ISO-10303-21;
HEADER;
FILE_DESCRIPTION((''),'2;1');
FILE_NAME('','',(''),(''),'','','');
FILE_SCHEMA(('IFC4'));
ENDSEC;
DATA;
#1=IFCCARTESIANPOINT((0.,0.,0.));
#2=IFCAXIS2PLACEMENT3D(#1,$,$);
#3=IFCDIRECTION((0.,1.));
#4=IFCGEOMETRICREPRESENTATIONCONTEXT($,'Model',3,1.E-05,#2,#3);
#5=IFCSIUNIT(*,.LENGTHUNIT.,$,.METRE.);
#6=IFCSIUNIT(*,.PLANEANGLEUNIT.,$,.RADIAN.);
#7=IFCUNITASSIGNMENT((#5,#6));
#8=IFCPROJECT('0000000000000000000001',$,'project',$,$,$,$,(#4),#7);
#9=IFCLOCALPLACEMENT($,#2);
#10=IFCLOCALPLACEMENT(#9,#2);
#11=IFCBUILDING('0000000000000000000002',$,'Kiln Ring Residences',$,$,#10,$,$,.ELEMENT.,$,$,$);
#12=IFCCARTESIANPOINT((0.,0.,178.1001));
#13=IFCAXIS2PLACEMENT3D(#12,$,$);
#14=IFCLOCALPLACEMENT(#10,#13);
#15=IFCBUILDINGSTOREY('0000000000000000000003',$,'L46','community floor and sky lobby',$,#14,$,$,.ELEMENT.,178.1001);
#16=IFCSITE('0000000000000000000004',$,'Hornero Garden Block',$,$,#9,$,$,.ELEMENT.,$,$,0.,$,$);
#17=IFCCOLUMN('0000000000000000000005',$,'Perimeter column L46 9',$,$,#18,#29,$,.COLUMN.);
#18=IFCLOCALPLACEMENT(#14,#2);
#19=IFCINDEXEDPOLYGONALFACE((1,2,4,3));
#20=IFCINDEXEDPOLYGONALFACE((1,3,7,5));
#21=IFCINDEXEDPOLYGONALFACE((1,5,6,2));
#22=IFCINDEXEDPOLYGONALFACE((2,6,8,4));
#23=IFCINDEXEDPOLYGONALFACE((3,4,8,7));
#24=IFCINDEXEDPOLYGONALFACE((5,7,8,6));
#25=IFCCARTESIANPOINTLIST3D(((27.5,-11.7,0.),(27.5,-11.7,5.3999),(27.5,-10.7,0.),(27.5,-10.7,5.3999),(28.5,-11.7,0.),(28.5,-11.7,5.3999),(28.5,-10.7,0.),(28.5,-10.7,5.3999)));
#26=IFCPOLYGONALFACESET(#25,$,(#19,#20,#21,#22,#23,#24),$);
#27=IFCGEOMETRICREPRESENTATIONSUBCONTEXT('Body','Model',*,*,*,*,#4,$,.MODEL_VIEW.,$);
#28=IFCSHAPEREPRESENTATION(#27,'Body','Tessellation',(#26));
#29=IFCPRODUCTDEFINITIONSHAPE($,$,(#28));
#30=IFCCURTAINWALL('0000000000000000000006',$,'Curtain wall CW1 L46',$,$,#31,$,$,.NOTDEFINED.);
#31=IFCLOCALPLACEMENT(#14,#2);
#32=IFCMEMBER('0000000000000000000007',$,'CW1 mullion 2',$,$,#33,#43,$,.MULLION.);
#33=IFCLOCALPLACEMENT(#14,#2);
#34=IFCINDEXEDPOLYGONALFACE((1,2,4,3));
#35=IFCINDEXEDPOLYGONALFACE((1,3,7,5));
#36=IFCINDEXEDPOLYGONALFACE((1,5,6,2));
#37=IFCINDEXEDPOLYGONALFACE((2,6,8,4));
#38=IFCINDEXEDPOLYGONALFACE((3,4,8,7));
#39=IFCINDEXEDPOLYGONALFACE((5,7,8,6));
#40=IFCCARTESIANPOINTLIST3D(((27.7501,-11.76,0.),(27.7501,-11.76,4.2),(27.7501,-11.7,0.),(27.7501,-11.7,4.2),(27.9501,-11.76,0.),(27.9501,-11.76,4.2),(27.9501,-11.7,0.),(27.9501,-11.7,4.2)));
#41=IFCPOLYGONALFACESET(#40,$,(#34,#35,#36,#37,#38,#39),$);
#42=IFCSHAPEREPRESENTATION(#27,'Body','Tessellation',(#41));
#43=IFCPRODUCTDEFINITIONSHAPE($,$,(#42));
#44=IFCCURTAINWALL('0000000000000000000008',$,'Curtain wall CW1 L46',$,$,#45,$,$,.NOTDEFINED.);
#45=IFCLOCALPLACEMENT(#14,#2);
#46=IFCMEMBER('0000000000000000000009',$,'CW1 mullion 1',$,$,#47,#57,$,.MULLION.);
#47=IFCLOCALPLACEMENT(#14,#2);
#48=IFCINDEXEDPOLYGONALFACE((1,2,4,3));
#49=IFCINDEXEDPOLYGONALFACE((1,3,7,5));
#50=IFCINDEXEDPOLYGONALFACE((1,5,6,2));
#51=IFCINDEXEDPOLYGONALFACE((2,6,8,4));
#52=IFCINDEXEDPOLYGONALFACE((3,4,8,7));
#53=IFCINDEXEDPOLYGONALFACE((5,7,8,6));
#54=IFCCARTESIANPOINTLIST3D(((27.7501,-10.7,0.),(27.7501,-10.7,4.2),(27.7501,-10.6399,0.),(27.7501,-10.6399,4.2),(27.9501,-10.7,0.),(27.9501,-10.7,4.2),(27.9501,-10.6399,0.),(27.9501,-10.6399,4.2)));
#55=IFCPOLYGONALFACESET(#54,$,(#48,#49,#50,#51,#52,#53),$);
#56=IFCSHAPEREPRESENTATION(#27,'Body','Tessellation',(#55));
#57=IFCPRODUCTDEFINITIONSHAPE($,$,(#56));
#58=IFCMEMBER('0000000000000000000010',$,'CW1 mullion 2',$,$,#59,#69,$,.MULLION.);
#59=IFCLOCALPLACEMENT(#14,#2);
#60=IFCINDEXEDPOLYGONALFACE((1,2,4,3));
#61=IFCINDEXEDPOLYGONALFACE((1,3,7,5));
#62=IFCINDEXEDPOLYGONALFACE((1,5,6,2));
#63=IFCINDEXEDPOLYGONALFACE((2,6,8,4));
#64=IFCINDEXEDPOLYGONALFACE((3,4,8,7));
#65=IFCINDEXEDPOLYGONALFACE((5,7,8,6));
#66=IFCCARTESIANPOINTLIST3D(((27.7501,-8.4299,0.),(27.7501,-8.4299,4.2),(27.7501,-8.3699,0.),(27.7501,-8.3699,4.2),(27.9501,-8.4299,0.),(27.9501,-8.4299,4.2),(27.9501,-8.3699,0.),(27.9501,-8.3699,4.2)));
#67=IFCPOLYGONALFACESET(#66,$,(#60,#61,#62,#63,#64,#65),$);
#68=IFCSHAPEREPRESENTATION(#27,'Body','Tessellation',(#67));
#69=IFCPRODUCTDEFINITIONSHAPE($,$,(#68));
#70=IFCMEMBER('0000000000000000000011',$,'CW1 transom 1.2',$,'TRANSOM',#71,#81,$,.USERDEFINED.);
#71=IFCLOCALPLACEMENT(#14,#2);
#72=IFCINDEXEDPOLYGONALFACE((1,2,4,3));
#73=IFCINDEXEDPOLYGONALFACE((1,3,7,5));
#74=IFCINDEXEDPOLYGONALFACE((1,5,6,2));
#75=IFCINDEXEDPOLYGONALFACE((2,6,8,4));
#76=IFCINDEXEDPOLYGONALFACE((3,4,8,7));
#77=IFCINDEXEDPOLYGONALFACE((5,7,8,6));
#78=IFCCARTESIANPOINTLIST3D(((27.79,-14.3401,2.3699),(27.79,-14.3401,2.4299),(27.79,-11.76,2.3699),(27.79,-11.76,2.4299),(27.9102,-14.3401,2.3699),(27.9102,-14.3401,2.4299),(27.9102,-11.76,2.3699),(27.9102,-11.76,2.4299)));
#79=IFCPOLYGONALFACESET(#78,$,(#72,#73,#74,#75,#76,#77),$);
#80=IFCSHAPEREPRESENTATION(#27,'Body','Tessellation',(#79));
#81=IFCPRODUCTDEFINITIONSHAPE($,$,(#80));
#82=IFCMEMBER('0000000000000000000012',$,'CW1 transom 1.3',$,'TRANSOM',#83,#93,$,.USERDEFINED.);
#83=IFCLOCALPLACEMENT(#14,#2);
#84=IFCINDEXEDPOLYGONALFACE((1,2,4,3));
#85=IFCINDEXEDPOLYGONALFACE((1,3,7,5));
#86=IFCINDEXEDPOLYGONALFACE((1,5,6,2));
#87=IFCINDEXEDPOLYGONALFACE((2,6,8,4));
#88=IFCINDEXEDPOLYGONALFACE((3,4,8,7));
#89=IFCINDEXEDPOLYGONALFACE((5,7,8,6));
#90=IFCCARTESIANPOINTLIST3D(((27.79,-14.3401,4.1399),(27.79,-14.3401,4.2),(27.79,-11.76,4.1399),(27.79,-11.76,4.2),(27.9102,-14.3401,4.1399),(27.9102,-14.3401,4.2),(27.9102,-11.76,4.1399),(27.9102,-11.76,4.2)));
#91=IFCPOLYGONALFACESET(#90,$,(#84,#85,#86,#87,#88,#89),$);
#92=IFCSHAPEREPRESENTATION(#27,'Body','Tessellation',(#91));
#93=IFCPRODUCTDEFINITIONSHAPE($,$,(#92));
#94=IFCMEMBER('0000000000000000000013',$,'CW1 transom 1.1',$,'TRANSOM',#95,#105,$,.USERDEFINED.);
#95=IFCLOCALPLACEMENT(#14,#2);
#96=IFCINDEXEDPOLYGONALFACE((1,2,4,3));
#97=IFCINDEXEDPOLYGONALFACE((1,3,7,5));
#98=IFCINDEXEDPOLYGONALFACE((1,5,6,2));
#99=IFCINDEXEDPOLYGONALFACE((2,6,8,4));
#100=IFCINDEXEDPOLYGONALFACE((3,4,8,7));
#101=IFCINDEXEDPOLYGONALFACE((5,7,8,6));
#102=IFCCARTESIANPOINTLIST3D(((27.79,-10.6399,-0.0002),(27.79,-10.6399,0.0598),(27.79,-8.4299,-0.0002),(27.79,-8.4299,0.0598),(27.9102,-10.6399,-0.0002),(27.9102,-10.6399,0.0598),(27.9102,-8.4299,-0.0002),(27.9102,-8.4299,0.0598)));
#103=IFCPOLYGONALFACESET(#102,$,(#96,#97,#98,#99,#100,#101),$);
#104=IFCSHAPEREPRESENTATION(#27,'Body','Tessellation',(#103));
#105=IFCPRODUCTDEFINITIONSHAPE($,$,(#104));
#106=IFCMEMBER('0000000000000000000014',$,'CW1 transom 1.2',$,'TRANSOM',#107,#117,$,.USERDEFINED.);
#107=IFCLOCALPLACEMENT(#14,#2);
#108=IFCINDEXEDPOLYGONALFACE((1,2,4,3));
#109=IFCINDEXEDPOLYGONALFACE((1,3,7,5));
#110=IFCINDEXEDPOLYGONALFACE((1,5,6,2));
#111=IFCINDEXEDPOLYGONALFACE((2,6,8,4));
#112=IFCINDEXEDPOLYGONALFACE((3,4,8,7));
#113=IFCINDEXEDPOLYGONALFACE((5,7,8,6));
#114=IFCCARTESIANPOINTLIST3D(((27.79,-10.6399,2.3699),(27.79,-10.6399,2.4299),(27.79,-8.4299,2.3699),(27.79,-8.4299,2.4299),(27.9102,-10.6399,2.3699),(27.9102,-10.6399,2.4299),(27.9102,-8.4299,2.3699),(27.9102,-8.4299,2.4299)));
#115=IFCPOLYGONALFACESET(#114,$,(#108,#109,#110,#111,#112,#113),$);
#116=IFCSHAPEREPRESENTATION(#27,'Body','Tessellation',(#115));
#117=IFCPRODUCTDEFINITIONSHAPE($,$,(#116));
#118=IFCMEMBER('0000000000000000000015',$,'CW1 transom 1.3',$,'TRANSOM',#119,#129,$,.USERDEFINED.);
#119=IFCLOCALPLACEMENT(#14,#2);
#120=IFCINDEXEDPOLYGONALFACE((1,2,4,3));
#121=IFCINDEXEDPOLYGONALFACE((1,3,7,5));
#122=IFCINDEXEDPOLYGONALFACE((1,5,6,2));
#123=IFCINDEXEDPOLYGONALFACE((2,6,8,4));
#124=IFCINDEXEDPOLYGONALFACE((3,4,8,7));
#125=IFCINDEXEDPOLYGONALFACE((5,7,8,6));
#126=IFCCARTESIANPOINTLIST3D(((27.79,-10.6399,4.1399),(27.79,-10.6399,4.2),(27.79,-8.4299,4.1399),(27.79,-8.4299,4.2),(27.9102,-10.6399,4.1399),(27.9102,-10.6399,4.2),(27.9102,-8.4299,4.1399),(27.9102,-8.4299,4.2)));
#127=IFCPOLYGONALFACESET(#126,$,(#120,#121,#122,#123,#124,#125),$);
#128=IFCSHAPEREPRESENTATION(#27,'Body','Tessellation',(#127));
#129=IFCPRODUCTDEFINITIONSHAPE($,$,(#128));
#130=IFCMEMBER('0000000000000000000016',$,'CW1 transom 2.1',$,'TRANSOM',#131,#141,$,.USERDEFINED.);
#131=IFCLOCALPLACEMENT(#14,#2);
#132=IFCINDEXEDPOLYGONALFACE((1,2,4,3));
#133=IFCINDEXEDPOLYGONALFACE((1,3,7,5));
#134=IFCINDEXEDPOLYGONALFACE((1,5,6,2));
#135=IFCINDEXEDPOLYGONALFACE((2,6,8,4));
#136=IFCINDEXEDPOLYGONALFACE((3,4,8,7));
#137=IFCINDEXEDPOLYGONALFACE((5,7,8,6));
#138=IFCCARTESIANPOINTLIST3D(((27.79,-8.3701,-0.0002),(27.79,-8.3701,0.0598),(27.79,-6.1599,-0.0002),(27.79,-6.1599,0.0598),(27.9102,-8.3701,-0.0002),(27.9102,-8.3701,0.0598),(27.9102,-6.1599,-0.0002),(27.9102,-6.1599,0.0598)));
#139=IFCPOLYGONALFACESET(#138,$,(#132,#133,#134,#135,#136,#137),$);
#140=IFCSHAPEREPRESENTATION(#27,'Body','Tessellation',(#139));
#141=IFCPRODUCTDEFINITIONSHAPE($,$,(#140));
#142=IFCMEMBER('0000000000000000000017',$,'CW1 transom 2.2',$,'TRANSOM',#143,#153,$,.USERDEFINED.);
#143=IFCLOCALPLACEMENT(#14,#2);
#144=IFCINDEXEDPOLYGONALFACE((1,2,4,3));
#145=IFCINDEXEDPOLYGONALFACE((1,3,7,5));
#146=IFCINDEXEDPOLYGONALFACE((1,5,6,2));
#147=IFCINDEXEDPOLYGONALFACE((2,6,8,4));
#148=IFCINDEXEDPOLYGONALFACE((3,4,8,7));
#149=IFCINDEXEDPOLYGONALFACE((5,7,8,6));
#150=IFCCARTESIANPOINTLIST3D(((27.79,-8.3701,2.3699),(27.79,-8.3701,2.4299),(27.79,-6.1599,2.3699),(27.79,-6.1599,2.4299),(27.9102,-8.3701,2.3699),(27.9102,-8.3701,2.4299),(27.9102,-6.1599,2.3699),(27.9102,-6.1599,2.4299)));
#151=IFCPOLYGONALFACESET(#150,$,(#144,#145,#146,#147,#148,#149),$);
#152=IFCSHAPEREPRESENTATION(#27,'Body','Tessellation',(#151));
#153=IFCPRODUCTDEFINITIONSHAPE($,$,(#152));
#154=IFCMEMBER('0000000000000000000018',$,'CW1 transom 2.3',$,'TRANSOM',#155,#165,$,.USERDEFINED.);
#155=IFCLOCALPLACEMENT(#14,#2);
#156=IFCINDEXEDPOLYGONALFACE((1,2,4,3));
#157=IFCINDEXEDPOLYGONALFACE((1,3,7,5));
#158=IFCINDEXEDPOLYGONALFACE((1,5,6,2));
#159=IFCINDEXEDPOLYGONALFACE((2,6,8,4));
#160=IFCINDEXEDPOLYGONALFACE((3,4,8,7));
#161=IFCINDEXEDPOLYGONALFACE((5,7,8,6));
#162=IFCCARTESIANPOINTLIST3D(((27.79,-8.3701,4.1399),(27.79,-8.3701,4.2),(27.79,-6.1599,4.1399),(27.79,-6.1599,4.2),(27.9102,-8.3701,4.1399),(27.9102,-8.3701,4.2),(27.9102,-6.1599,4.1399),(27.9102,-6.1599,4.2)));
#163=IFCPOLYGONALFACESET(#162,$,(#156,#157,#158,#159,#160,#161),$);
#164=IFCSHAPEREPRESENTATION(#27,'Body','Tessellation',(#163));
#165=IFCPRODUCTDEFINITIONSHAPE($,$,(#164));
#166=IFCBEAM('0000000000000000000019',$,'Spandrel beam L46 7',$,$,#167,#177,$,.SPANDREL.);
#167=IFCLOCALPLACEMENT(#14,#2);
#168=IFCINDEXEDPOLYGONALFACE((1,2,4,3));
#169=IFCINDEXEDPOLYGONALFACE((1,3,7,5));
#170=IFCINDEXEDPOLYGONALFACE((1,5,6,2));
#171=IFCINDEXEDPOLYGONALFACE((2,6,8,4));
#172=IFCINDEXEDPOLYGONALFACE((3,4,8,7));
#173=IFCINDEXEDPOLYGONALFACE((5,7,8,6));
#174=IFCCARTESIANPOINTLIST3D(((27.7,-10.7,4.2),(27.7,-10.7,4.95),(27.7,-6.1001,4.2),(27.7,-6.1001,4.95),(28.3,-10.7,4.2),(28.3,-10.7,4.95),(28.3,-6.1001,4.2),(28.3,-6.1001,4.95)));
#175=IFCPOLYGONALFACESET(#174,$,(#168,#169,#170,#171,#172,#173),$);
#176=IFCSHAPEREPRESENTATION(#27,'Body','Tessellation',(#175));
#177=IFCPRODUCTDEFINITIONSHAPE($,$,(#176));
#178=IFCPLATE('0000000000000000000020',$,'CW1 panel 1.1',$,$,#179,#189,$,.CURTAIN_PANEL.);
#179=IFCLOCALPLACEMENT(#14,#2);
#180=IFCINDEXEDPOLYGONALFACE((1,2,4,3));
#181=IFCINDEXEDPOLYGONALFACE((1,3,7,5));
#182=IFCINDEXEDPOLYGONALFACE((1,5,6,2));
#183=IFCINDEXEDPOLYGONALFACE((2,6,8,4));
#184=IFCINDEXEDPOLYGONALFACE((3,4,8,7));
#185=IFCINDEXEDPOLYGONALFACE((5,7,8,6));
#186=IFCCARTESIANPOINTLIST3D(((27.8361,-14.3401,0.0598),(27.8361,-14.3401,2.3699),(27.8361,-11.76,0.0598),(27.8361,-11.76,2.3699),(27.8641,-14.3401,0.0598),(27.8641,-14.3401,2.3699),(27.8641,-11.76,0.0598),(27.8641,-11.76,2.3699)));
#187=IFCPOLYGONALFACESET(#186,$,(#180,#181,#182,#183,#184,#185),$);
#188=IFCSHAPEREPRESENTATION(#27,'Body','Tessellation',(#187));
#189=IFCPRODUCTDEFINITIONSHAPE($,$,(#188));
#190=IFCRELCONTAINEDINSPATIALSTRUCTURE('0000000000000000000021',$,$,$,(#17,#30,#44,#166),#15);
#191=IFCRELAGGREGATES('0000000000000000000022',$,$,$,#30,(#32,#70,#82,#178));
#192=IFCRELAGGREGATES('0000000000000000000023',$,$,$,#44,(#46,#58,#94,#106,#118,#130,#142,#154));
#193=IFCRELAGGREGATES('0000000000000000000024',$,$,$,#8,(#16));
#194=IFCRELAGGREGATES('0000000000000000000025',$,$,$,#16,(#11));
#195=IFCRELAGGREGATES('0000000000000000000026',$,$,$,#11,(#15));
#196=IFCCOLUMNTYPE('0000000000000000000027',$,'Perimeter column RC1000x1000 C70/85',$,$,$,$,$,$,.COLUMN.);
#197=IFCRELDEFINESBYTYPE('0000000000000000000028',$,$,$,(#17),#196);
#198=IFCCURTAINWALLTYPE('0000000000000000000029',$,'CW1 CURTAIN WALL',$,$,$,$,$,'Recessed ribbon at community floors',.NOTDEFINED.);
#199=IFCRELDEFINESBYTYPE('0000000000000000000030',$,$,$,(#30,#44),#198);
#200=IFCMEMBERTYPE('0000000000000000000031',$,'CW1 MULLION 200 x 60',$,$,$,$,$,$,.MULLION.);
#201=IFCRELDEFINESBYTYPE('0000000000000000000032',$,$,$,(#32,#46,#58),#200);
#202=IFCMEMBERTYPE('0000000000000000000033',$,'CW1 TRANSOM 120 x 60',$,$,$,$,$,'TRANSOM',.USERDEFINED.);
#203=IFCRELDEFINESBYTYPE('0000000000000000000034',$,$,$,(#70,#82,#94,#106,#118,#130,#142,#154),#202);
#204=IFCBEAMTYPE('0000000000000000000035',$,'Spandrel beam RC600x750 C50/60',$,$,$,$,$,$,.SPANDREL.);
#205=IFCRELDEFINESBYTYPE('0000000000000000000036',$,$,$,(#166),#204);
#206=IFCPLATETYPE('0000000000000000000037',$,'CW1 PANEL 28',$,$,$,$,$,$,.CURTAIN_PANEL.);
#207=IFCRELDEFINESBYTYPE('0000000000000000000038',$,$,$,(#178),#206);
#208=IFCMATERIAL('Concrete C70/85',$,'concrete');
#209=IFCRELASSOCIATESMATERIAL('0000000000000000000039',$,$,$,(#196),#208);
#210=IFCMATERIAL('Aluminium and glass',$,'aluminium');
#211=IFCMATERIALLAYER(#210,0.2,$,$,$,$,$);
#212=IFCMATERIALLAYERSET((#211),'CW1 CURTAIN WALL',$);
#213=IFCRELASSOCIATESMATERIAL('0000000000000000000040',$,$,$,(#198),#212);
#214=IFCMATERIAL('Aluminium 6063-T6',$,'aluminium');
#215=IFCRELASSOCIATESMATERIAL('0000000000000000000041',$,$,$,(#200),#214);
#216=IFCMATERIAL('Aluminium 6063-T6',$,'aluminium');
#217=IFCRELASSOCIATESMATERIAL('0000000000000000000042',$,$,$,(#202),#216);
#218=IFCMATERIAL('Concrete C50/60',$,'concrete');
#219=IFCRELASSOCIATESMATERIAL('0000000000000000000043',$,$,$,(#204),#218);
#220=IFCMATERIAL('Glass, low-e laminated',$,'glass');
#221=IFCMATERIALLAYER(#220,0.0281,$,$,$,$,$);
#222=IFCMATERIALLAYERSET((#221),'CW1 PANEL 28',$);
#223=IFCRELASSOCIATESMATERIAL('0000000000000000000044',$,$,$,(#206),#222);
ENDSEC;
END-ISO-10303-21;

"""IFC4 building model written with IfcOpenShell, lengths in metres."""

from ifc_helpers import new_model, si_unit, direction, frame, origin, origin_2d, place, context, subcontext, project, spatial, rectangle, extrude, material, layer, layer_set, material_profile, profile_set, type_object, element, aggregate, save


model = new_model("IFC4")

# Units and contexts
model_context = context("Model", 3, precision=1e-05, world=origin(), true_north=direction((0.0, 1.0)))
body_context = subcontext(model_context, "Body", "Model", "MODEL_VIEW")
ifc_project = project(units=[si_unit("LENGTHUNIT", "METRE"), si_unit("PLANEANGLEUNIT", "RADIAN")], contexts=[model_context])

# Site, building, storey
site_placement = place(None, origin())
site = spatial("IfcSite", under=ifc_project, at=site_placement, Name="Hornero Garden Block", CompositionType="ELEMENT", RefElevation=0.0)
building_placement = place(site_placement, origin())
building = spatial("IfcBuilding", under=site, at=building_placement, Name="Kiln Ring Residences", CompositionType="ELEMENT")
storey_placement = place(building_placement, frame((0.0, 0.0, 178.1001)))
storey = spatial("IfcBuildingStorey", under=building, at=storey_placement, Name="L46", Description="community floor and sky lobby", CompositionType="ELEMENT", Elevation=178.1001)

# Column
ifc_material_1 = material(Name="Concrete C70/85", Category="concrete")
ifc_material_profile_1 = material_profile(ifc_material_1, rectangle(XDim=1.0, YDim=1.0, at=origin_2d()), Name="RC1000x1000")
ifc_profile_set_1 = profile_set([ifc_material_profile_1], Name="Concrete C70/85")
column_type = type_object("IfcColumnType", Name="Perimeter column RC1000x1000 C70/85", PredefinedType="COLUMN", material=ifc_profile_set_1)
column_placement = place(storey_placement, frame((28.0, -11.2, 0.0), z_axis=(0.0, 0.0, 1.0), x_axis=(1.0, 0.0, 0.0)))
element("IfcColumn", 1, at=column_placement, inside=storey, type_object=column_type, Name="Perimeter column L46 9", PredefinedType="COLUMN", context=body_context, shape_type="SweptSolid", body=[
    extrude(rectangle(XDim=1.0, YDim=1.0, at=origin_2d()), origin(), (0.0, 0.0, 1.0), 5.3999),
])

# Curtain wall, member
ifc_material_2 = material(Name="Aluminium and glass", Category="aluminium")
ifc_layer_1 = layer(ifc_material_2, 0.2)
ifc_layer_set_1 = layer_set([ifc_layer_1], Name="CW1 CURTAIN WALL")
curtain_wall_type = type_object("IfcCurtainWallType", Name="CW1 CURTAIN WALL", ElementType="Recessed ribbon at community floors", PredefinedType="NOTDEFINED", material=ifc_layer_set_1)
placement = place(storey_placement, origin())
curtain_wall_1 = element("IfcCurtainWall", 2, at=placement, inside=storey, type_object=curtain_wall_type, Name="Curtain wall CW1 L46", PredefinedType="NOTDEFINED")
ifc_material_3 = material(Name="Aluminium 6063-T6", Category="aluminium")
ifc_material_profile_2 = material_profile(ifc_material_3, rectangle(XDim=0.2, YDim=0.0601, at=origin_2d()), Name="AL 200x60")
ifc_profile_set_2 = profile_set([ifc_material_profile_2], Name="Aluminium 6063-T6")
member_type_1 = type_object("IfcMemberType", Name="CW1 MULLION 200 x 60", PredefinedType="MULLION", material=ifc_profile_set_2)
member_1_placement = place(storey_placement, frame((27.8501, -11.73, 0.0), z_axis=(0.0, 0.0, 1.0), x_axis=(-1.0, 0.0, 0.0)))
member_1 = element("IfcMember", 3, at=member_1_placement, type_object=member_type_1, Name="CW1 mullion 2", PredefinedType="MULLION", context=body_context, shape_type="SweptSolid", body=[
    extrude(rectangle(XDim=0.2, YDim=0.0601, at=origin_2d()), origin(), (0.0, 0.0, 1.0), 4.2),
])

# Curtain wall, members
curtain_wall_2 = element("IfcCurtainWall", 4, at=placement, inside=storey, type_object=curtain_wall_type, Name="Curtain wall CW1 L46", PredefinedType="NOTDEFINED")
member_2_placement = place(storey_placement, frame((27.8501, -10.6699, 0.0), z_axis=(0.0, 0.0, 1.0), x_axis=(-1.0, 0.0, 0.0)))
member_2 = element("IfcMember", 5, at=member_2_placement, type_object=member_type_1, Name="CW1 mullion 1", PredefinedType="MULLION", context=body_context, shape_type="SweptSolid", body=[
    extrude(rectangle(XDim=0.2, YDim=0.0601, at=origin_2d()), origin(), (0.0, 0.0, 1.0), 4.2),
])
member_3_placement = place(storey_placement, frame((27.8501, -8.3999, 0.0), z_axis=(0.0, 0.0, 1.0), x_axis=(-1.0, 0.0, 0.0)))
member_3 = element("IfcMember", 6, at=member_3_placement, type_object=member_type_1, Name="CW1 mullion 2", PredefinedType="MULLION", context=body_context, shape_type="SweptSolid", body=[
    extrude(rectangle(XDim=0.2, YDim=0.0601, at=origin_2d()), origin(), (0.0, 0.0, 1.0), 4.2),
])

# Members
ifc_material_4 = material(Name="Aluminium 6063-T6", Category="aluminium")
ifc_material_profile_3 = material_profile(ifc_material_4, rectangle(XDim=0.1201, YDim=0.0601, at=origin_2d()), Name="AL 120x60")
ifc_profile_set_3 = profile_set([ifc_material_profile_3], Name="Aluminium 6063-T6")
member_type_2 = type_object("IfcMemberType", Name="CW1 TRANSOM 120 x 60", ElementType="TRANSOM", PredefinedType="USERDEFINED", material=ifc_profile_set_3)
member_4_placement = place(storey_placement, frame((27.8501, -14.3401, 2.3999), z_axis=(0.0, 1.0, 0.0), x_axis=(-1.0, 0.0, 0.0)))
member_4 = element("IfcMember", 7, at=member_4_placement, type_object=member_type_2, Name="CW1 transom 1.2", ObjectType="TRANSOM", PredefinedType="USERDEFINED", context=body_context, shape_type="SweptSolid", body=[
    extrude(rectangle(XDim=0.1201, YDim=0.0601, at=origin_2d()), origin(), (0.0, 0.0, 1.0), 2.5801),
])
member_5_placement = place(storey_placement, frame((27.8501, -14.3401, 4.1699), z_axis=(0.0, 1.0, 0.0), x_axis=(-1.0, 0.0, 0.0)))
member_5 = element("IfcMember", 8, at=member_5_placement, type_object=member_type_2, Name="CW1 transom 1.3", ObjectType="TRANSOM", PredefinedType="USERDEFINED", context=body_context, shape_type="SweptSolid", body=[
    extrude(rectangle(XDim=0.1201, YDim=0.0601, at=origin_2d()), origin(), (0.0, 0.0, 1.0), 2.5801),
])
member_6_placement = place(storey_placement, frame((27.8501, -10.6399, 0.0298), z_axis=(0.0, 1.0, 0.0), x_axis=(-1.0, 0.0, 0.0)))
member_6 = element("IfcMember", 9, at=member_6_placement, type_object=member_type_2, Name="CW1 transom 1.1", ObjectType="TRANSOM", PredefinedType="USERDEFINED", context=body_context, shape_type="SweptSolid", body=[
    extrude(rectangle(XDim=0.1201, YDim=0.0601, at=origin_2d()), origin(), (0.0, 0.0, 1.0), 2.21),
])
member_7_placement = place(storey_placement, frame((27.8501, -10.6399, 2.3999), z_axis=(0.0, 1.0, 0.0), x_axis=(-1.0, 0.0, 0.0)))
member_7 = element("IfcMember", 10, at=member_7_placement, type_object=member_type_2, Name="CW1 transom 1.2", ObjectType="TRANSOM", PredefinedType="USERDEFINED", context=body_context, shape_type="SweptSolid", body=[
    extrude(rectangle(XDim=0.1201, YDim=0.0601, at=origin_2d()), origin(), (0.0, 0.0, 1.0), 2.21),
])
member_8_placement = place(storey_placement, frame((27.8501, -10.6399, 4.1699), z_axis=(0.0, 1.0, 0.0), x_axis=(-1.0, 0.0, 0.0)))
member_8 = element("IfcMember", 11, at=member_8_placement, type_object=member_type_2, Name="CW1 transom 1.3", ObjectType="TRANSOM", PredefinedType="USERDEFINED", context=body_context, shape_type="SweptSolid", body=[
    extrude(rectangle(XDim=0.1201, YDim=0.0601, at=origin_2d()), origin(), (0.0, 0.0, 1.0), 2.21),
])
member_9_placement = place(storey_placement, frame((27.8501, -8.3701, 0.0298), z_axis=(0.0, 1.0, 0.0), x_axis=(-1.0, 0.0, 0.0)))
member_9 = element("IfcMember", 12, at=member_9_placement, type_object=member_type_2, Name="CW1 transom 2.1", ObjectType="TRANSOM", PredefinedType="USERDEFINED", context=body_context, shape_type="SweptSolid", body=[
    extrude(rectangle(XDim=0.1201, YDim=0.0601, at=origin_2d()), origin(), (0.0, 0.0, 1.0), 2.2102),
])
member_10_placement = place(storey_placement, frame((27.8501, -8.3701, 2.3999), z_axis=(0.0, 1.0, 0.0), x_axis=(-1.0, 0.0, 0.0)))
member_10 = element("IfcMember", 13, at=member_10_placement, type_object=member_type_2, Name="CW1 transom 2.2", ObjectType="TRANSOM", PredefinedType="USERDEFINED", context=body_context, shape_type="SweptSolid", body=[
    extrude(rectangle(XDim=0.1201, YDim=0.0601, at=origin_2d()), origin(), (0.0, 0.0, 1.0), 2.2102),
])
member_11_placement = place(storey_placement, frame((27.8501, -8.3701, 4.1699), z_axis=(0.0, 1.0, 0.0), x_axis=(-1.0, 0.0, 0.0)))
member_11 = element("IfcMember", 14, at=member_11_placement, type_object=member_type_2, Name="CW1 transom 2.3", ObjectType="TRANSOM", PredefinedType="USERDEFINED", context=body_context, shape_type="SweptSolid", body=[
    extrude(rectangle(XDim=0.1201, YDim=0.0601, at=origin_2d()), origin(), (0.0, 0.0, 1.0), 2.2102),
])

# Beam
ifc_material_5 = material(Name="Concrete C50/60", Category="concrete")
ifc_material_profile_4 = material_profile(ifc_material_5, rectangle(XDim=0.6001, YDim=0.75, at=origin_2d()), Name="RC600x750")
ifc_profile_set_4 = profile_set([ifc_material_profile_4], Name="Concrete C50/60")
beam_type = type_object("IfcBeamType", Name="Spandrel beam RC600x750 C50/60", PredefinedType="SPANDREL", material=ifc_profile_set_4)
beam_placement = place(storey_placement, frame((28.0, -10.7, 4.575), z_axis=(0.0, 1.0, 0.0), x_axis=(-1.0, 0.0, 0.0)))
element("IfcBeam", 15, at=beam_placement, inside=storey, type_object=beam_type, Name="Spandrel beam L46 7", PredefinedType="SPANDREL", context=body_context, shape_type="SweptSolid", body=[
    extrude(rectangle(XDim=0.6001, YDim=0.75, at=origin_2d()), origin(), (0.0, 0.0, 1.0), 4.5999),
])

# Plate
ifc_material_6 = material(Name="Glass, low-e laminated", Category="glass")
ifc_layer_2 = layer(ifc_material_6, 0.0281)
ifc_layer_set_2 = layer_set([ifc_layer_2], Name="CW1 PANEL 28")
plate_type = type_object("IfcPlateType", Name="CW1 PANEL 28", PredefinedType="CURTAIN_PANEL", material=ifc_layer_set_2)
plate_1_placement = place(storey_placement, frame((27.8501, -13.05, 0.0598), z_axis=(0.0, 0.0, 1.0), x_axis=(0.0, 1.0, 0.0)))
plate_1 = element("IfcPlate", 16, at=plate_1_placement, type_object=plate_type, Name="CW1 panel 1.1", PredefinedType="CURTAIN_PANEL", context=body_context, shape_type="SweptSolid", body=[
    extrude(rectangle(XDim=2.5801, YDim=0.0281, at=origin_2d()), origin(), (0.0, 0.0, 1.0), 2.3101),
])
aggregate(curtain_wall_1, [member_1, member_4, member_5, plate_1])
aggregate(curtain_wall_2, [member_2, member_3, member_6, member_7, member_8, member_9, member_10, member_11])

save(model, "model.ifc")
